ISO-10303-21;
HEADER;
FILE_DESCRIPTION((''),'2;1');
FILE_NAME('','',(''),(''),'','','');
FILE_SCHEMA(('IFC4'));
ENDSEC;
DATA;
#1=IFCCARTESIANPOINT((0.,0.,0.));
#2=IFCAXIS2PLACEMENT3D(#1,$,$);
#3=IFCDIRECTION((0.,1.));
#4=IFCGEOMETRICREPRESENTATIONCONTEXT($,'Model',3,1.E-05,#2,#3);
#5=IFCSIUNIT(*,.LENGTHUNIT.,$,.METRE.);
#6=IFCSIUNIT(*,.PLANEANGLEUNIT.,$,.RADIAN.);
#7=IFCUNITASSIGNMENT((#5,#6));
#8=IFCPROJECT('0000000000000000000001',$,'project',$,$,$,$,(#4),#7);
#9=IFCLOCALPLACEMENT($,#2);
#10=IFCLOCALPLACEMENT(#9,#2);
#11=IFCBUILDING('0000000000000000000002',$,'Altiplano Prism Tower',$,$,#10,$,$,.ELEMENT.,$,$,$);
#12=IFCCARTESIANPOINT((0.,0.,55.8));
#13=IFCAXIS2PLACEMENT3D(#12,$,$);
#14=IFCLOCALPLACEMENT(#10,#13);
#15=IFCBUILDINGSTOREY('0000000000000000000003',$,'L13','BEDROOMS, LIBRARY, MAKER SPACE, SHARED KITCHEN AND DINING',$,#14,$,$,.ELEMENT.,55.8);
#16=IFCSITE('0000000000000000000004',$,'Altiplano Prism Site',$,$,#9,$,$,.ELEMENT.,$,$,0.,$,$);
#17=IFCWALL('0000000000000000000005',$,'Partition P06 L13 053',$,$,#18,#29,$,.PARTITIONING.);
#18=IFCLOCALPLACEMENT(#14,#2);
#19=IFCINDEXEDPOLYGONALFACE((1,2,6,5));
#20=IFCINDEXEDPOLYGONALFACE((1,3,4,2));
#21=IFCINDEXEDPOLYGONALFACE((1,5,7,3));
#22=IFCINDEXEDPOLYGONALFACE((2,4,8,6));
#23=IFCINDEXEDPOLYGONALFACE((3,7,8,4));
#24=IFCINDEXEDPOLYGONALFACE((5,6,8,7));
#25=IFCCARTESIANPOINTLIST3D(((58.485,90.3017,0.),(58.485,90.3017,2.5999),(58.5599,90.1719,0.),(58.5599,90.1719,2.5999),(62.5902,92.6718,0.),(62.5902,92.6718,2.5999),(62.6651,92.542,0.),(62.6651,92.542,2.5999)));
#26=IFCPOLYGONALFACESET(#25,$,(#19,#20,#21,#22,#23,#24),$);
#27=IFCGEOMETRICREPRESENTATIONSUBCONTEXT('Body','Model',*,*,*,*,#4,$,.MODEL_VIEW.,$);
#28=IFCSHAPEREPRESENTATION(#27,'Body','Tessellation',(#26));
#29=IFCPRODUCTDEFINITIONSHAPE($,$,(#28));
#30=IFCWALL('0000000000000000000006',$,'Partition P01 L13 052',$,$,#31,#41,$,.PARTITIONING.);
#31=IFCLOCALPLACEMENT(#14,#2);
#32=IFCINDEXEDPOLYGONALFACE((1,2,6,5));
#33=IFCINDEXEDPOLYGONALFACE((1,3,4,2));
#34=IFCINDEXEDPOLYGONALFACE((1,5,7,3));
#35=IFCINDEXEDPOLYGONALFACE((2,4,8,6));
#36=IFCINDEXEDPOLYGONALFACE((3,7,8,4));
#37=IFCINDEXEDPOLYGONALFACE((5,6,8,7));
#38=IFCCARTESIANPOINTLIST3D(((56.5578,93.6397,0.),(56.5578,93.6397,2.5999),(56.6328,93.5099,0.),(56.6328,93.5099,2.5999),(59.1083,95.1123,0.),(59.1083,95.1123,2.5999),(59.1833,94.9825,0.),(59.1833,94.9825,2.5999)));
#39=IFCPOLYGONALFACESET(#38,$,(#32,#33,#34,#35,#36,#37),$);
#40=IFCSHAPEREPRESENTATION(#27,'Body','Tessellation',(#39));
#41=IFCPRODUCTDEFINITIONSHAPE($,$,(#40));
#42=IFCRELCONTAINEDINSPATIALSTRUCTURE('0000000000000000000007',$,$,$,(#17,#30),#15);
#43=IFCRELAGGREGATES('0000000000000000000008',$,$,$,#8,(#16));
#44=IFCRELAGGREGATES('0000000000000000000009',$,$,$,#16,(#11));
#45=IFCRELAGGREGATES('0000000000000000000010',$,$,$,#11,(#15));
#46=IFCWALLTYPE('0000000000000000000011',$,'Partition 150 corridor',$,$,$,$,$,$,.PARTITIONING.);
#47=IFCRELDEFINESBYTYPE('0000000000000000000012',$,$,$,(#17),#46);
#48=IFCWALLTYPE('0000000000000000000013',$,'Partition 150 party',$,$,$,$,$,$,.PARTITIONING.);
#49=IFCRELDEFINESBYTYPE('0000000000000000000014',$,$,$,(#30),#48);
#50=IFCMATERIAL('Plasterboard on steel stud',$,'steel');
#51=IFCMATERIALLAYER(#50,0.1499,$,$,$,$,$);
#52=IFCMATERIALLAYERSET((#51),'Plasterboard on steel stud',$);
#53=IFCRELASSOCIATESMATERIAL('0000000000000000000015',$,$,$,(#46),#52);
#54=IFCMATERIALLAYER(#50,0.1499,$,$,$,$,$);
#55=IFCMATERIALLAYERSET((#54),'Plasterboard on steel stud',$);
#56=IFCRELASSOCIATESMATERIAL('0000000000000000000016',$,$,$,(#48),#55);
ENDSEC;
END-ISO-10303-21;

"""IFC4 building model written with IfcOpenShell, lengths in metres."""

from ifc_helpers import new_model, si_unit, direction, frame, frame_2d, origin, place, context, subcontext, project, spatial, rectangle, extrude, material, layer, layer_set, type_object, element, save


model = new_model("IFC4")

# Units and contexts
model_context = context("Model", 3, precision=1e-05, world=origin(), true_north=direction((0.0, 1.0)))
body_context = subcontext(model_context, "Body", "Model", "MODEL_VIEW")
ifc_project = project(units=[si_unit("LENGTHUNIT", "METRE"), si_unit("PLANEANGLEUNIT", "RADIAN")], contexts=[model_context])

# Site, building, storey
site_placement = place(None, origin())
site = spatial("IfcSite", under=ifc_project, at=site_placement, Name="Altiplano Prism Site", CompositionType="ELEMENT", RefElevation=0.0)
building_placement = place(site_placement, origin())
building = spatial("IfcBuilding", under=site, at=building_placement, Name="Altiplano Prism Tower", CompositionType="ELEMENT")
storey_placement = place(building_placement, frame((0.0, 0.0, 55.8)))
storey = spatial("IfcBuildingStorey", under=building, at=storey_placement, Name="L13", Description="BEDROOMS, LIBRARY, MAKER SPACE, SHARED KITCHEN AND DINING", CompositionType="ELEMENT", Elevation=55.8)

# Shared definitions
ifc_material_1 = material(Name="Plasterboard on steel stud", Category="steel")

# Shared definitions
ifc_layer_1 = layer(ifc_material_1, 0.1499)
ifc_layer_set_1 = layer_set([ifc_layer_1], Name="Plasterboard on steel stud")
wall_type_1 = type_object("IfcWallType", Name="Partition 150 corridor", PredefinedType="PARTITIONING", material=ifc_layer_set_1)

# Walls
wall_1_placement = place(storey_placement, frame((58.5225, 90.2368, 0.0), z_axis=(0.0, 0.0, 1.0), x_axis=(0.866029, 0.499994, 0.0)))
element("IfcWall", 1, at=wall_1_placement, inside=storey, type_object=wall_type_1, Name="Partition P06 L13 053", PredefinedType="PARTITIONING", context=body_context, shape_type="SweptSolid", body=[
    extrude(rectangle(XDim=4.7402, YDim=0.1499, at=frame_2d((2.3701, 0.0))), origin(), (0.0, 0.0, 1.0), 2.5999),
])
ifc_layer_2 = layer(ifc_material_1, 0.1499)
ifc_layer_set_2 = layer_set([ifc_layer_2], Name="Plasterboard on steel stud")
wall_type_2 = type_object("IfcWallType", Name="Partition 150 party", PredefinedType="PARTITIONING", material=ifc_layer_set_2)
wall_2_placement = place(storey_placement, frame((56.5952, 93.5747, 0.0), z_axis=(0.0, 0.0, 1.0), x_axis=(0.86601, 0.500026, 0.0)))
element("IfcWall", 2, at=wall_2_placement, inside=storey, type_object=wall_type_2, Name="Partition P01 L13 052", PredefinedType="PARTITIONING", context=body_context, shape_type="SweptSolid", body=[
    extrude(rectangle(XDim=2.9451, YDim=0.1499, at=frame_2d((1.4727, 0.0))), origin(), (0.0, 0.0, 1.0), 2.5999),
])

save(model, "model.ifc")
